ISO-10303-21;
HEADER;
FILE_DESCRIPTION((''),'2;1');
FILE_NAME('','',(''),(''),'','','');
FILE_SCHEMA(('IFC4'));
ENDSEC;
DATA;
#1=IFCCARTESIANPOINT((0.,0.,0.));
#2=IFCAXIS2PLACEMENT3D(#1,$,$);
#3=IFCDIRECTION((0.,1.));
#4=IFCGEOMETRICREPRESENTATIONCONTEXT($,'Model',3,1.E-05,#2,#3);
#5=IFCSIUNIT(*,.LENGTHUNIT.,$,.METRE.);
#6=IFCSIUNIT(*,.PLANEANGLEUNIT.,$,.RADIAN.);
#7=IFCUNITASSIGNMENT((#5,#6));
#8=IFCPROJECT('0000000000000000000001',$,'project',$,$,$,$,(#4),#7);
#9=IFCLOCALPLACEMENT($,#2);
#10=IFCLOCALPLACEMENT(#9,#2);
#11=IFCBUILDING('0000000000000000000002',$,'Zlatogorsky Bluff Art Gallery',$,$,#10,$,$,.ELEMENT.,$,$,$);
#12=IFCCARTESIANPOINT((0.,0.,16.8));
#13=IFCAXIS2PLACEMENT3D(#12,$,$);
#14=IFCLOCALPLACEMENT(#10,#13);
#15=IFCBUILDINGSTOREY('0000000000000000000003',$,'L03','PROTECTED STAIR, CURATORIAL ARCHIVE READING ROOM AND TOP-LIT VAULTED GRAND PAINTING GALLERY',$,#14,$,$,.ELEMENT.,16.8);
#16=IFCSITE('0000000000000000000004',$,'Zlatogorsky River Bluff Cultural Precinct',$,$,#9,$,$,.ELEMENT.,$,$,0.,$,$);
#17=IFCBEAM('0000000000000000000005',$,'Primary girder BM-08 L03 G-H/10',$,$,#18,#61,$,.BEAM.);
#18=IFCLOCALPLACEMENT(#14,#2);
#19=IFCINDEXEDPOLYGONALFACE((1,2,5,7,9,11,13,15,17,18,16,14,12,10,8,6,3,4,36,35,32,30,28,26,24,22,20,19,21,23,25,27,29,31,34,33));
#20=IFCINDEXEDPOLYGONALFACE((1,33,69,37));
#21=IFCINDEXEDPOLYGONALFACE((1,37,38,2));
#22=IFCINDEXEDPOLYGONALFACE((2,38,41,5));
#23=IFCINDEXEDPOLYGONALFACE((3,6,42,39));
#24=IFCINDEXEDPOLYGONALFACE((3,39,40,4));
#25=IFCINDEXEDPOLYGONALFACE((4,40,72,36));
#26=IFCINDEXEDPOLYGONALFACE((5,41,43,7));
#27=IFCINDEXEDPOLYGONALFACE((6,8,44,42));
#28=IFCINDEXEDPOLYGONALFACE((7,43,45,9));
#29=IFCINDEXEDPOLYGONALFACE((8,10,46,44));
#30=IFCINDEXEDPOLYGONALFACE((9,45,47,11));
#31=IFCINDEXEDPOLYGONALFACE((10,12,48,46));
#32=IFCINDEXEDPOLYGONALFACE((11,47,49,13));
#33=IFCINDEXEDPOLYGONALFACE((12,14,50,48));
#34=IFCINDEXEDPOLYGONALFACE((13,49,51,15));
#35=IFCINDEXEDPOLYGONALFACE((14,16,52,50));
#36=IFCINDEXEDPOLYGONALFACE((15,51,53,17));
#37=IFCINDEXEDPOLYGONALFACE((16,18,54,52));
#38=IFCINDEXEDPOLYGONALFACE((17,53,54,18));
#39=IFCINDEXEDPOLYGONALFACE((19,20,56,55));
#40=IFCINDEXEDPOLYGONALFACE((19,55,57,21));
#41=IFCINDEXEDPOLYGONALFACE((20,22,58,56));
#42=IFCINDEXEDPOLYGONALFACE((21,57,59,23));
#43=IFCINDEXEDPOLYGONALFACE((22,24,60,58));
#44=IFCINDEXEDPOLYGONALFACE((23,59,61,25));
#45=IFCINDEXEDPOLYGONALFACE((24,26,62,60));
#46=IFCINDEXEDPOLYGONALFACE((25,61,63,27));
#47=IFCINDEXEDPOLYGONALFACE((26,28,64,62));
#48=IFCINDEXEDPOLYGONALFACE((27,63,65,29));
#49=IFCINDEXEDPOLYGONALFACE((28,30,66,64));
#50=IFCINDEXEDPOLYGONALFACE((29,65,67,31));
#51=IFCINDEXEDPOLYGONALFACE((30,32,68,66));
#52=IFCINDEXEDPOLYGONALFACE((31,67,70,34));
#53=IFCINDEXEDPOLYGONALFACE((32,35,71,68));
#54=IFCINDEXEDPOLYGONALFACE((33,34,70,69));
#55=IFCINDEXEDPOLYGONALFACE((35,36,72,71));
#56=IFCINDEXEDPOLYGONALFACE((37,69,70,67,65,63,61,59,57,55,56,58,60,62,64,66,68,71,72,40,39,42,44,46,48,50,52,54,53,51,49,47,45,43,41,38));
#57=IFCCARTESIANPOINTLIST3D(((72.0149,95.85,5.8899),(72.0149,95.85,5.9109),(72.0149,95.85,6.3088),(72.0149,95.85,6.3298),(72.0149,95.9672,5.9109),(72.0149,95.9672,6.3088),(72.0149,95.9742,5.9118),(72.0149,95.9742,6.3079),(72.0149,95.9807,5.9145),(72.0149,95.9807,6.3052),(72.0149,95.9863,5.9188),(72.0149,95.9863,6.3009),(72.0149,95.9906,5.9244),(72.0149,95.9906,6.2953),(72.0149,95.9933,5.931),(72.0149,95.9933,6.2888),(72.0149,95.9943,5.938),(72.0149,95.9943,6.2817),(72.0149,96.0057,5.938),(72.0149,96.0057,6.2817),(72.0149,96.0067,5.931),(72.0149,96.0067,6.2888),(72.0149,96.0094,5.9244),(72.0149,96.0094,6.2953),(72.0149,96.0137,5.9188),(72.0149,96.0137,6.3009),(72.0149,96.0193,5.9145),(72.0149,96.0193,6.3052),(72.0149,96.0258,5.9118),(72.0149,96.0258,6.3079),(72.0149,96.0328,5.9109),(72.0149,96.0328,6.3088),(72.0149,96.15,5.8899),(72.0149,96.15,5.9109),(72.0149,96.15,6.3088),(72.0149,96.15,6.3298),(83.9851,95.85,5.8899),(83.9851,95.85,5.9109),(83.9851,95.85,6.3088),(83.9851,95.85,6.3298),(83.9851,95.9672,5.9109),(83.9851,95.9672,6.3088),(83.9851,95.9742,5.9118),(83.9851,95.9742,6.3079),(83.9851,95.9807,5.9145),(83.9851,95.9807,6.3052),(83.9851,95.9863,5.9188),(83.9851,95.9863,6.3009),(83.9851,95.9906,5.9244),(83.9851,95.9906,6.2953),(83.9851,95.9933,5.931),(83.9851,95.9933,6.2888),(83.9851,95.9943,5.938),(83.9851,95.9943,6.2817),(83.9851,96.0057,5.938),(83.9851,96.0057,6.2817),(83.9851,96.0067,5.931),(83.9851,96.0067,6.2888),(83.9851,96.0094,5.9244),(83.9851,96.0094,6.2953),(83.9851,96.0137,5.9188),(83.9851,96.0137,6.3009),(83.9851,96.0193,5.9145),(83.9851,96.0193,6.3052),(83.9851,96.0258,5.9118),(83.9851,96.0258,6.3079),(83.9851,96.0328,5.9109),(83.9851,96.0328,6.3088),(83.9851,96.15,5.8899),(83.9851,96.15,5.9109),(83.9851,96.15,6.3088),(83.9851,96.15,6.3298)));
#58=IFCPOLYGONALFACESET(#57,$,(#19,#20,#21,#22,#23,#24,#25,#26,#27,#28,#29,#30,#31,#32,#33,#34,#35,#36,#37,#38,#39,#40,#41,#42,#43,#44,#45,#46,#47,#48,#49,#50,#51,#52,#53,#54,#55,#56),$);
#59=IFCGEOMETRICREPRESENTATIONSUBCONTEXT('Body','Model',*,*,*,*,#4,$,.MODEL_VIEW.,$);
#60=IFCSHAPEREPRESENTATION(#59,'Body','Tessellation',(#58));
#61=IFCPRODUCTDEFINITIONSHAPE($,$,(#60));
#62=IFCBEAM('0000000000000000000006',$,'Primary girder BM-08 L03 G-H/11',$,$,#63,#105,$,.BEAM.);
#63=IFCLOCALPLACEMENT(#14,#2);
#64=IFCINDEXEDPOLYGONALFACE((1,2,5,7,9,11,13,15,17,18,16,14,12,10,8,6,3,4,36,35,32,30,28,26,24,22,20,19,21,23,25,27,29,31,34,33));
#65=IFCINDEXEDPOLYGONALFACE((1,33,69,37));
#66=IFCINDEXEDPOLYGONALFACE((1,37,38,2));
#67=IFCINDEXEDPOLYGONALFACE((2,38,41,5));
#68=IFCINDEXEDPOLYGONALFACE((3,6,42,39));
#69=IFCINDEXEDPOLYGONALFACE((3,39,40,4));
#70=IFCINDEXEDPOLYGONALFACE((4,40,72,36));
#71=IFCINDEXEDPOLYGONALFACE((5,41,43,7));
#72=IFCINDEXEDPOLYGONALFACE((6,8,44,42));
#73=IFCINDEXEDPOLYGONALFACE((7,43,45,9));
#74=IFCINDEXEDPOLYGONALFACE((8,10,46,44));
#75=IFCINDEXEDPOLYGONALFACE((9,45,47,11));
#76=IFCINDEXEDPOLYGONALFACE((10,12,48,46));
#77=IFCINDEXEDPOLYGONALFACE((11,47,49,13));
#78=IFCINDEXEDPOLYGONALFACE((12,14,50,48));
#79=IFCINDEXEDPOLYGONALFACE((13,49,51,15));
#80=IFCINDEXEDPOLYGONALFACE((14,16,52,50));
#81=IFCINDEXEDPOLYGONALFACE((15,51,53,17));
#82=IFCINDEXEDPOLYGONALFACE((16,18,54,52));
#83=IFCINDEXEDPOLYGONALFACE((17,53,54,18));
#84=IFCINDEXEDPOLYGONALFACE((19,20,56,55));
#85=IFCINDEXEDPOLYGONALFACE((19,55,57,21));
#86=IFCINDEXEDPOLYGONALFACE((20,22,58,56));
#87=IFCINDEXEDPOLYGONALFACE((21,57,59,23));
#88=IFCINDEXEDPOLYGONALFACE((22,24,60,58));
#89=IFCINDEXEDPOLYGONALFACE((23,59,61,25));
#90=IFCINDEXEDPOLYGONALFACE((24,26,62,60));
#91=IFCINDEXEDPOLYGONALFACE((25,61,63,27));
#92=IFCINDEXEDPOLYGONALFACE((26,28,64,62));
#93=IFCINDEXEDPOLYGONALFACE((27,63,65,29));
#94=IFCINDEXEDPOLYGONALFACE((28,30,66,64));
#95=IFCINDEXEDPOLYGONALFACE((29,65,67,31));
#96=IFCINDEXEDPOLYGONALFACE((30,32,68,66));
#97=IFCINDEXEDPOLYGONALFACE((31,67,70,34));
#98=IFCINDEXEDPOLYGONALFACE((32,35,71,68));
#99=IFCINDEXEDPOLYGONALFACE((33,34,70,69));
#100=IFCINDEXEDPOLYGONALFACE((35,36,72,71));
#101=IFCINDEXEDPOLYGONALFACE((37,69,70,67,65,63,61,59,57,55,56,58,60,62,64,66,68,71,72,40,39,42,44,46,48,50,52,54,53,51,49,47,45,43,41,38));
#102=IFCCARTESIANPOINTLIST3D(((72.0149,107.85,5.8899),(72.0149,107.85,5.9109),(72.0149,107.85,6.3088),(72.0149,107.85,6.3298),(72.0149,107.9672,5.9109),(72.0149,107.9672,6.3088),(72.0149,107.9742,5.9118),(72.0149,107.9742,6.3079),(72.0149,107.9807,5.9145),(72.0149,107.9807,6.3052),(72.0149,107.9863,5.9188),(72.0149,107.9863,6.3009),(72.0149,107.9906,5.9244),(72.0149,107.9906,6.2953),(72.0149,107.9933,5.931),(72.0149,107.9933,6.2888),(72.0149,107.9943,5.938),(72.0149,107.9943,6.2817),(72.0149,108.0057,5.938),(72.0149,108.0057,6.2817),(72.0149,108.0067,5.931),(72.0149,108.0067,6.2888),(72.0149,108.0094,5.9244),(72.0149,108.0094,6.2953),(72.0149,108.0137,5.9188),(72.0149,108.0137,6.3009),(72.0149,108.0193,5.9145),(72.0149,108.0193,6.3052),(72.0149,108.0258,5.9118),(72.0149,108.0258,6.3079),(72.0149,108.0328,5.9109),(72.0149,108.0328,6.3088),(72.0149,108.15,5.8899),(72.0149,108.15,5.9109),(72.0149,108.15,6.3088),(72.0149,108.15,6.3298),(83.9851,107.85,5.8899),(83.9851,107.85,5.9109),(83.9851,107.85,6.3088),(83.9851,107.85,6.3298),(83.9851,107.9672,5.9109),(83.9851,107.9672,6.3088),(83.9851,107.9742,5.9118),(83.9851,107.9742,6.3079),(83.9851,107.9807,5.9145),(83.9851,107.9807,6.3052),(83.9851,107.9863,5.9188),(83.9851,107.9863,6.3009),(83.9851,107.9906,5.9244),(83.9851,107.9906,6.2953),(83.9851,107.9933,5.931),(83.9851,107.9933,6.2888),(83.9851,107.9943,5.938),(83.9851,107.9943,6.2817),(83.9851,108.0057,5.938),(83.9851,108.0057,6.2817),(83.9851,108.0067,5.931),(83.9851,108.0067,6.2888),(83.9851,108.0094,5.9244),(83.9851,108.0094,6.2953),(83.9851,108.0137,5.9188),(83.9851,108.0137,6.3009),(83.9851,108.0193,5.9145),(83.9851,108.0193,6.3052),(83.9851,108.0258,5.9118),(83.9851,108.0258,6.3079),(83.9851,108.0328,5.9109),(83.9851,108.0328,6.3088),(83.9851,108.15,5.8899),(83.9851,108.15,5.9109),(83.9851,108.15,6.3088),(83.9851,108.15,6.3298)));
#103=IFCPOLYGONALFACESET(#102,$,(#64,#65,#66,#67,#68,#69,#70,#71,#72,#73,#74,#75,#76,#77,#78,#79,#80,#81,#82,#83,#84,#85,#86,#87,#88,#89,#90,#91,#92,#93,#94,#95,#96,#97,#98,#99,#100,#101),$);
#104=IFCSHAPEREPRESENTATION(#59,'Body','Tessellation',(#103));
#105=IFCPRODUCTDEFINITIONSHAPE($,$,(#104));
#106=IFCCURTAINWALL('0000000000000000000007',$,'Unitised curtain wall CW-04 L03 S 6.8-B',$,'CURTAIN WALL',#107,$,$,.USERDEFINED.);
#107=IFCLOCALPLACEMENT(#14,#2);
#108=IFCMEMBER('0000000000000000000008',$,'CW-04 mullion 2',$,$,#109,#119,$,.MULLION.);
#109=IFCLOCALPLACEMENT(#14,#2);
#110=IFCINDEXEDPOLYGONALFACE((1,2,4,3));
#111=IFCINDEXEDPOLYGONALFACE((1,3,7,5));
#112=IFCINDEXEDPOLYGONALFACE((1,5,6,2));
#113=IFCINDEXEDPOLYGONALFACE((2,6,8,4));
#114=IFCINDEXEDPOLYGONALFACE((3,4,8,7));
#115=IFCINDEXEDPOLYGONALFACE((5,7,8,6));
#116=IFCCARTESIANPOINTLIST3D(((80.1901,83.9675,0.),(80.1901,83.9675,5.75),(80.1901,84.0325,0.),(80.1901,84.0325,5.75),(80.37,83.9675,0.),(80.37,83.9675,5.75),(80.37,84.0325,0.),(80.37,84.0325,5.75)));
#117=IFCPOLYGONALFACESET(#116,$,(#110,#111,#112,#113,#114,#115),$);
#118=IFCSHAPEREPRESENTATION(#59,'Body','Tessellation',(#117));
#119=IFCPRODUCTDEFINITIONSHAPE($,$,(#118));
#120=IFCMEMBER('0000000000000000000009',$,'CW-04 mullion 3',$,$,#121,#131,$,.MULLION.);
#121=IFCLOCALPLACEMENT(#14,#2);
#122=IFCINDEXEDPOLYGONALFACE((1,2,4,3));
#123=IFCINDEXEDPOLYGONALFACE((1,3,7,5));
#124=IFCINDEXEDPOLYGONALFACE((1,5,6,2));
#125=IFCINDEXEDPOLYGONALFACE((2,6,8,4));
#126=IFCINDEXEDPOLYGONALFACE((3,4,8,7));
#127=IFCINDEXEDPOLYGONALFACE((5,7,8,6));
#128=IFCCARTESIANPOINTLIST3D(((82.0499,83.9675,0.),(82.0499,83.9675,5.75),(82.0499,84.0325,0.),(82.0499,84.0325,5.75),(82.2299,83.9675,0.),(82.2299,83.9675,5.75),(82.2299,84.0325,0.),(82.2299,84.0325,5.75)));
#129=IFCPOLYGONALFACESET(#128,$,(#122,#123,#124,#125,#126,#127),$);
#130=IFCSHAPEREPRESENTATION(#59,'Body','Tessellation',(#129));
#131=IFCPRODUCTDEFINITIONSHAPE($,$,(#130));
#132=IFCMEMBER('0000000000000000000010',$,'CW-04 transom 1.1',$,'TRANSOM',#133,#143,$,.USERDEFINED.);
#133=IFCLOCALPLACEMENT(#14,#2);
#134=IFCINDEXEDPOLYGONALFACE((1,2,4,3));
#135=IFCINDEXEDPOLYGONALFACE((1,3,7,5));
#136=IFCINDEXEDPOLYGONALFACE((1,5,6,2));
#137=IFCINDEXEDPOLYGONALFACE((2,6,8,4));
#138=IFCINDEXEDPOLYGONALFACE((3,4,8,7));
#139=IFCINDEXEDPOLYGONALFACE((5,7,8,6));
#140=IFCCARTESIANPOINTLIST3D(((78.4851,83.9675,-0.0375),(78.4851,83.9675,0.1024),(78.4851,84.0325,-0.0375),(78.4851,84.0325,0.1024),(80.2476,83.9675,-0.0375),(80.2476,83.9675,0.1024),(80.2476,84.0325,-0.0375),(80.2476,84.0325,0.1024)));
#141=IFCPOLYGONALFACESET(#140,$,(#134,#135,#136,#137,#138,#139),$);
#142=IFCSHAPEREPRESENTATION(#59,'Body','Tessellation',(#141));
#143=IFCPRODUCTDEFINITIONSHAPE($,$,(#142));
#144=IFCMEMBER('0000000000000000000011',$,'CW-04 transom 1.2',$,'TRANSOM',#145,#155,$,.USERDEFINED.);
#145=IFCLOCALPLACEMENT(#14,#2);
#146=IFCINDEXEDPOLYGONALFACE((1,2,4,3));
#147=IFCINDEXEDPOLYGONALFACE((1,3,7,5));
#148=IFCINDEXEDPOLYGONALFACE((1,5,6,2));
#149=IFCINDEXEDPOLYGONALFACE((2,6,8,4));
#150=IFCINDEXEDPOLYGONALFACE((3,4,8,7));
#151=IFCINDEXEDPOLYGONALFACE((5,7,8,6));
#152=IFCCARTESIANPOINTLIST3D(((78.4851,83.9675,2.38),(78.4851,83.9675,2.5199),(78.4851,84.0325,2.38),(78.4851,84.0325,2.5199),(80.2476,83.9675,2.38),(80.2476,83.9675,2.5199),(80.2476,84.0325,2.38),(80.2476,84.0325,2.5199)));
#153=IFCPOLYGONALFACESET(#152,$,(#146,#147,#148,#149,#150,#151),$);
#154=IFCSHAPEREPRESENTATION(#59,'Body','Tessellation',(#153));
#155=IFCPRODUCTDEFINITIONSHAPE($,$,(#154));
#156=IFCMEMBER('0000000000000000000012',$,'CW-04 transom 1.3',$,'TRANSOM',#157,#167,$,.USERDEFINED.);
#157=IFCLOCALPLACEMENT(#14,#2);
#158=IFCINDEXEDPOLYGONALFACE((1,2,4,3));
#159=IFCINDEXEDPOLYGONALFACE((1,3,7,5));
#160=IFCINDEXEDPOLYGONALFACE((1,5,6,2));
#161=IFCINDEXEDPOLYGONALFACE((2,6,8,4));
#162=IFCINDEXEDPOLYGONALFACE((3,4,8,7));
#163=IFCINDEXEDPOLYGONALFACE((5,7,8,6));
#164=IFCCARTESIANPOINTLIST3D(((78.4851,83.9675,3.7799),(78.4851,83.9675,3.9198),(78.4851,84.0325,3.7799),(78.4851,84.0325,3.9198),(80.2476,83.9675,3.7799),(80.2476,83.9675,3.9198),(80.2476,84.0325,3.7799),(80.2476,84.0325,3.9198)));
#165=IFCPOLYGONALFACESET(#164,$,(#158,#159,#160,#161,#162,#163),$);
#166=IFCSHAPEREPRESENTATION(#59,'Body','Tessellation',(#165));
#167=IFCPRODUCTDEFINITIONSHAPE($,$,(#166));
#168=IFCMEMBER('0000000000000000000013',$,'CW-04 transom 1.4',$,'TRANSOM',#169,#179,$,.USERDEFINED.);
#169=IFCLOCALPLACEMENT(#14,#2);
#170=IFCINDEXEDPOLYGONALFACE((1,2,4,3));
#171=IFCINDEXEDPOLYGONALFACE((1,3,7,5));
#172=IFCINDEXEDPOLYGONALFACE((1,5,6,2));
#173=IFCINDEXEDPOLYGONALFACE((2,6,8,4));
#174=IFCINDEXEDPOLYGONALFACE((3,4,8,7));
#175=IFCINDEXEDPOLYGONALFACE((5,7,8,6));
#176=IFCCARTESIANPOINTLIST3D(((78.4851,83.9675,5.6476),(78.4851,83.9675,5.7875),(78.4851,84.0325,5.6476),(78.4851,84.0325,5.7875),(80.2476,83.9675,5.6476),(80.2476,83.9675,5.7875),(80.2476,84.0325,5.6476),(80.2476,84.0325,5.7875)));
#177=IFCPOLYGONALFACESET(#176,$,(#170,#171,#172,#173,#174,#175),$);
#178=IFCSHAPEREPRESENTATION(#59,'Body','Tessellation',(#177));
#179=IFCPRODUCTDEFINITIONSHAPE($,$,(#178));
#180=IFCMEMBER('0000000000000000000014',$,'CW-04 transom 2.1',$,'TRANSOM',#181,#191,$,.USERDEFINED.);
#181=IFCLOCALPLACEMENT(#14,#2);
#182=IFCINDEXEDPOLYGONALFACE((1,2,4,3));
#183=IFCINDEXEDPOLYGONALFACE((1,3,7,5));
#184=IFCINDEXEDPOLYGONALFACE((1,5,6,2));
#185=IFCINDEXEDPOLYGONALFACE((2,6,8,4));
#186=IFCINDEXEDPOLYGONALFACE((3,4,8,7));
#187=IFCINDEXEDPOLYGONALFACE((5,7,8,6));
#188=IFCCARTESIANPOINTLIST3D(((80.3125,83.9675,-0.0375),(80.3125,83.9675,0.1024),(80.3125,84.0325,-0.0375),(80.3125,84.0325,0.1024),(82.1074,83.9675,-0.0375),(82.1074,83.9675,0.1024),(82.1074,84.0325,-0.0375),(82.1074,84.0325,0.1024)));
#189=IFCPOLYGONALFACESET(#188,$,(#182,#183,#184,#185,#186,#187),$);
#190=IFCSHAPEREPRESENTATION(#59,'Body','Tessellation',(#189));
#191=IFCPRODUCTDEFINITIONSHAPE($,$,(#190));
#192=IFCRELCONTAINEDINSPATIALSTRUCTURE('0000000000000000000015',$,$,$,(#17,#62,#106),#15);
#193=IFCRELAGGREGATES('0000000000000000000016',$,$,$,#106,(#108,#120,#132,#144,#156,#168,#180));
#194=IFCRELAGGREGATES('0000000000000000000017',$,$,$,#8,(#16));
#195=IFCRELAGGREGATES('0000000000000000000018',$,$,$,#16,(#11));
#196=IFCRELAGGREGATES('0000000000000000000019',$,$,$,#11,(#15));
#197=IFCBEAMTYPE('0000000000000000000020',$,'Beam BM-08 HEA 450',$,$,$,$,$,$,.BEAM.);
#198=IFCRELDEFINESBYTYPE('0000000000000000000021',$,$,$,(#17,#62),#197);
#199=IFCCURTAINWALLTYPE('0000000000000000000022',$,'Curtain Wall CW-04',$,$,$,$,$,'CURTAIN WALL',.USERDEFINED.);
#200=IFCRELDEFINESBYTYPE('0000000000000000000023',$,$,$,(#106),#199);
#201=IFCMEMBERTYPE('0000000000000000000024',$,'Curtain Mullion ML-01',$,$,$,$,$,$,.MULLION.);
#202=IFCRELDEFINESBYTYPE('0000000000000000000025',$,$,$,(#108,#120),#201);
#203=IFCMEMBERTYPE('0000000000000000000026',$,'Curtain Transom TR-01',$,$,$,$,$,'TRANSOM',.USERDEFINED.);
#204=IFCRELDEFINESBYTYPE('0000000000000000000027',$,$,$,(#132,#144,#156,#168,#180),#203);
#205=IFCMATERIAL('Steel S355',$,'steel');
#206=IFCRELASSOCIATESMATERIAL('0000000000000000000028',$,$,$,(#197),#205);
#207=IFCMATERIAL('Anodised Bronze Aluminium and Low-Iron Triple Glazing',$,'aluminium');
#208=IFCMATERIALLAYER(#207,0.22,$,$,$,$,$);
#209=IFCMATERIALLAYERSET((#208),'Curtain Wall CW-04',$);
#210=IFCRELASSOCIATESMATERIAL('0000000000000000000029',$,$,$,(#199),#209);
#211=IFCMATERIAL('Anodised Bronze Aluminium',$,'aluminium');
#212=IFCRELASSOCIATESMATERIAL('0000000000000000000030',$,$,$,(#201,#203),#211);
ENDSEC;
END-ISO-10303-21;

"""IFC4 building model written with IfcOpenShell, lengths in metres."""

from ifc_helpers import new_model, si_unit, direction, frame, origin, origin_2d, place, context, subcontext, project, spatial, rectangle, i_section, extrude, material, layer, layer_set, material_profile, profile_set, type_object, element, aggregate, save


model = new_model("IFC4")

# Units and contexts
model_context = context("Model", 3, precision=1e-05, world=origin(), true_north=direction((0.0, 1.0)))
body_context = subcontext(model_context, "Body", "Model", "MODEL_VIEW")
ifc_project = project(units=[si_unit("LENGTHUNIT", "METRE"), si_unit("PLANEANGLEUNIT", "RADIAN")], contexts=[model_context])

# Site, building, storey
site_placement = place(None, origin())
site = spatial("IfcSite", under=ifc_project, at=site_placement, Name="Zlatogorsky River Bluff Cultural Precinct", CompositionType="ELEMENT", RefElevation=0.0)
building_placement = place(site_placement, origin())
building = spatial("IfcBuilding", under=site, at=building_placement, Name="Zlatogorsky Bluff Art Gallery", CompositionType="ELEMENT")
storey_placement = place(building_placement, frame((0.0, 0.0, 16.8)))
storey = spatial("IfcBuildingStorey", under=building, at=storey_placement, Name="L03", Description="PROTECTED STAIR, CURATORIAL ARCHIVE READING ROOM AND TOP-LIT VAULTED GRAND PAINTING GALLERY", CompositionType="ELEMENT", Elevation=16.8)

# Beams
ifc_material_1 = material(Name="Steel S355", Category="steel")
ifc_material_profile_1 = material_profile(ifc_material_1, i_section(OverallWidth=0.3, OverallDepth=0.4399, WebThickness=0.0115, FlangeThickness=0.021, FilletRadius=0.0271, at=origin_2d()), Name="HEA 450")
ifc_profile_set_1 = profile_set([ifc_material_profile_1], Name="Steel S355")
beam_type = type_object("IfcBeamType", Name="Beam BM-08 HEA 450", PredefinedType="BEAM", material=ifc_profile_set_1)
for number, where, z_axis, x_axis, name in (
    (1, (72.0149, 96.0, 6.1099), (1.0, 0.0, 0.0), (0.0, 1.0, 0.0), "Primary girder BM-08 L03 G-H/10"),
    (2, (72.0149, 108.0, 6.1099), (1.0, 0.0, 0.0), (0.0, 1.0, 0.0), "Primary girder BM-08 L03 G-H/11"),
):
    element("IfcBeam", number, at=place(storey_placement, frame(where, z_axis=z_axis, x_axis=x_axis)), inside=storey, type_object=beam_type, Name=name, PredefinedType="BEAM", context=body_context, shape_type="SweptSolid", body=[
        extrude(i_section(OverallWidth=0.3, OverallDepth=0.4399, WebThickness=0.0115, FlangeThickness=0.021, FilletRadius=0.0271, at=origin_2d()), origin(), (0.0, 0.0, 1.0), 11.9702),
    ])

# Curtain wall, members
ifc_material_2 = material(Name="Anodised Bronze Aluminium and Low-Iron Triple Glazing", Category="aluminium")
ifc_layer_1 = layer(ifc_material_2, 0.22)
ifc_layer_set_1 = layer_set([ifc_layer_1], Name="Curtain Wall CW-04")
curtain_wall_type = type_object("IfcCurtainWallType", Name="Curtain Wall CW-04", ElementType="CURTAIN WALL", PredefinedType="USERDEFINED", material=ifc_layer_set_1)
curtain_wall_placement = place(storey_placement, origin())
curtain_wall = element("IfcCurtainWall", 3, at=curtain_wall_placement, inside=storey, type_object=curtain_wall_type, Name="Unitised curtain wall CW-04 L03 S 6.8-B", ObjectType="CURTAIN WALL", PredefinedType="USERDEFINED")
ifc_material_3 = material(Name="Anodised Bronze Aluminium", Category="aluminium")
ifc_material_profile_2 = material_profile(ifc_material_3, rectangle(XDim=0.0649, YDim=0.1799, at=origin_2d()), Name="ALU MULLION 65x180")
ifc_profile_set_2 = profile_set([ifc_material_profile_2], Name="Anodised Bronze Aluminium")
member_type_1 = type_object("IfcMemberType", Name="Curtain Mullion ML-01", PredefinedType="MULLION", material=ifc_profile_set_2)
member_1_placement = place(storey_placement, frame((80.28, 84.0, 0.0), z_axis=(0.0, 0.0, 1.0), x_axis=(0.0, 1.0, 0.0)))
member_1 = element("IfcMember", 4, at=member_1_placement, type_object=member_type_1, Name="CW-04 mullion 2", PredefinedType="MULLION", context=body_context, shape_type="SweptSolid", body=[
    extrude(rectangle(XDim=0.0649, YDim=0.1799, at=origin_2d()), origin(), (0.0, 0.0, 1.0), 5.75),
])
member_2_placement = place(storey_placement, frame((82.1399, 84.0, 0.0), z_axis=(0.0, 0.0, 1.0), x_axis=(0.0, 1.0, 0.0)))
member_2 = element("IfcMember", 5, at=member_2_placement, type_object=member_type_1, Name="CW-04 mullion 3", PredefinedType="MULLION", context=body_context, shape_type="SweptSolid", body=[
    extrude(rectangle(XDim=0.0649, YDim=0.1799, at=origin_2d()), origin(), (0.0, 0.0, 1.0), 5.75),
])
ifc_material_profile_3 = material_profile(ifc_material_3, rectangle(XDim=0.0649, YDim=0.1399, at=origin_2d()), Name="ALU TRANSOM 65x140")
ifc_profile_set_3 = profile_set([ifc_material_profile_3], Name="Anodised Bronze Aluminium")
member_type_2 = type_object("IfcMemberType", Name="Curtain Transom TR-01", ElementType="TRANSOM", PredefinedType="USERDEFINED", material=ifc_profile_set_3)
member_3_placement = place(storey_placement, frame((78.4851, 84.0, 0.0325), z_axis=(1.0, 0.0, 0.0), x_axis=(0.0, 1.0, 0.0)))
member_3 = element("IfcMember", 6, at=member_3_placement, type_object=member_type_2, Name="CW-04 transom 1.1", ObjectType="TRANSOM", PredefinedType="USERDEFINED", context=body_context, shape_type="SweptSolid", body=[
    extrude(rectangle(XDim=0.0649, YDim=0.1399, at=origin_2d()), origin(), (0.0, 0.0, 1.0), 1.7625),
])
member_4_placement = place(storey_placement, frame((78.4851, 84.0, 2.45), z_axis=(1.0, 0.0, 0.0), x_axis=(0.0, 1.0, 0.0)))
member_4 = element("IfcMember", 7, at=member_4_placement, type_object=member_type_2, Name="CW-04 transom 1.2", ObjectType="TRANSOM", PredefinedType="USERDEFINED", context=body_context, shape_type="SweptSolid", body=[
    extrude(rectangle(XDim=0.0649, YDim=0.1399, at=origin_2d()), origin(), (0.0, 0.0, 1.0), 1.7625),
])
member_5_placement = place(storey_placement, frame((78.4851, 84.0, 3.8499), z_axis=(1.0, 0.0, 0.0), x_axis=(0.0, 1.0, 0.0)))
member_5 = element("IfcMember", 8, at=member_5_placement, type_object=member_type_2, Name="CW-04 transom 1.3", ObjectType="TRANSOM", PredefinedType="USERDEFINED", context=body_context, shape_type="SweptSolid", body=[
    extrude(rectangle(XDim=0.0649, YDim=0.1399, at=origin_2d()), origin(), (0.0, 0.0, 1.0), 1.7625),
])
member_6_placement = place(storey_placement, frame((78.4851, 84.0, 5.7175), z_axis=(1.0, 0.0, 0.0), x_axis=(0.0, 1.0, 0.0)))
member_6 = element("IfcMember", 9, at=member_6_placement, type_object=member_type_2, Name="CW-04 transom 1.4", ObjectType="TRANSOM", PredefinedType="USERDEFINED", context=body_context, shape_type="SweptSolid", body=[
    extrude(rectangle(XDim=0.0649, YDim=0.1399, at=origin_2d()), origin(), (0.0, 0.0, 1.0), 1.7625),
])
member_7_placement = place(storey_placement, frame((80.3125, 84.0, 0.0325), z_axis=(1.0, 0.0, 0.0), x_axis=(0.0, 1.0, 0.0)))
member_7 = element("IfcMember", 10, at=member_7_placement, type_object=member_type_2, Name="CW-04 transom 2.1", ObjectType="TRANSOM", PredefinedType="USERDEFINED", context=body_context, shape_type="SweptSolid", body=[
    extrude(rectangle(XDim=0.0649, YDim=0.1399, at=origin_2d()), origin(), (0.0, 0.0, 1.0), 1.7949),
])
aggregate(curtain_wall, [member_1, member_2, member_3, member_4, member_5, member_6, member_7])

save(model, "model.ifc")
